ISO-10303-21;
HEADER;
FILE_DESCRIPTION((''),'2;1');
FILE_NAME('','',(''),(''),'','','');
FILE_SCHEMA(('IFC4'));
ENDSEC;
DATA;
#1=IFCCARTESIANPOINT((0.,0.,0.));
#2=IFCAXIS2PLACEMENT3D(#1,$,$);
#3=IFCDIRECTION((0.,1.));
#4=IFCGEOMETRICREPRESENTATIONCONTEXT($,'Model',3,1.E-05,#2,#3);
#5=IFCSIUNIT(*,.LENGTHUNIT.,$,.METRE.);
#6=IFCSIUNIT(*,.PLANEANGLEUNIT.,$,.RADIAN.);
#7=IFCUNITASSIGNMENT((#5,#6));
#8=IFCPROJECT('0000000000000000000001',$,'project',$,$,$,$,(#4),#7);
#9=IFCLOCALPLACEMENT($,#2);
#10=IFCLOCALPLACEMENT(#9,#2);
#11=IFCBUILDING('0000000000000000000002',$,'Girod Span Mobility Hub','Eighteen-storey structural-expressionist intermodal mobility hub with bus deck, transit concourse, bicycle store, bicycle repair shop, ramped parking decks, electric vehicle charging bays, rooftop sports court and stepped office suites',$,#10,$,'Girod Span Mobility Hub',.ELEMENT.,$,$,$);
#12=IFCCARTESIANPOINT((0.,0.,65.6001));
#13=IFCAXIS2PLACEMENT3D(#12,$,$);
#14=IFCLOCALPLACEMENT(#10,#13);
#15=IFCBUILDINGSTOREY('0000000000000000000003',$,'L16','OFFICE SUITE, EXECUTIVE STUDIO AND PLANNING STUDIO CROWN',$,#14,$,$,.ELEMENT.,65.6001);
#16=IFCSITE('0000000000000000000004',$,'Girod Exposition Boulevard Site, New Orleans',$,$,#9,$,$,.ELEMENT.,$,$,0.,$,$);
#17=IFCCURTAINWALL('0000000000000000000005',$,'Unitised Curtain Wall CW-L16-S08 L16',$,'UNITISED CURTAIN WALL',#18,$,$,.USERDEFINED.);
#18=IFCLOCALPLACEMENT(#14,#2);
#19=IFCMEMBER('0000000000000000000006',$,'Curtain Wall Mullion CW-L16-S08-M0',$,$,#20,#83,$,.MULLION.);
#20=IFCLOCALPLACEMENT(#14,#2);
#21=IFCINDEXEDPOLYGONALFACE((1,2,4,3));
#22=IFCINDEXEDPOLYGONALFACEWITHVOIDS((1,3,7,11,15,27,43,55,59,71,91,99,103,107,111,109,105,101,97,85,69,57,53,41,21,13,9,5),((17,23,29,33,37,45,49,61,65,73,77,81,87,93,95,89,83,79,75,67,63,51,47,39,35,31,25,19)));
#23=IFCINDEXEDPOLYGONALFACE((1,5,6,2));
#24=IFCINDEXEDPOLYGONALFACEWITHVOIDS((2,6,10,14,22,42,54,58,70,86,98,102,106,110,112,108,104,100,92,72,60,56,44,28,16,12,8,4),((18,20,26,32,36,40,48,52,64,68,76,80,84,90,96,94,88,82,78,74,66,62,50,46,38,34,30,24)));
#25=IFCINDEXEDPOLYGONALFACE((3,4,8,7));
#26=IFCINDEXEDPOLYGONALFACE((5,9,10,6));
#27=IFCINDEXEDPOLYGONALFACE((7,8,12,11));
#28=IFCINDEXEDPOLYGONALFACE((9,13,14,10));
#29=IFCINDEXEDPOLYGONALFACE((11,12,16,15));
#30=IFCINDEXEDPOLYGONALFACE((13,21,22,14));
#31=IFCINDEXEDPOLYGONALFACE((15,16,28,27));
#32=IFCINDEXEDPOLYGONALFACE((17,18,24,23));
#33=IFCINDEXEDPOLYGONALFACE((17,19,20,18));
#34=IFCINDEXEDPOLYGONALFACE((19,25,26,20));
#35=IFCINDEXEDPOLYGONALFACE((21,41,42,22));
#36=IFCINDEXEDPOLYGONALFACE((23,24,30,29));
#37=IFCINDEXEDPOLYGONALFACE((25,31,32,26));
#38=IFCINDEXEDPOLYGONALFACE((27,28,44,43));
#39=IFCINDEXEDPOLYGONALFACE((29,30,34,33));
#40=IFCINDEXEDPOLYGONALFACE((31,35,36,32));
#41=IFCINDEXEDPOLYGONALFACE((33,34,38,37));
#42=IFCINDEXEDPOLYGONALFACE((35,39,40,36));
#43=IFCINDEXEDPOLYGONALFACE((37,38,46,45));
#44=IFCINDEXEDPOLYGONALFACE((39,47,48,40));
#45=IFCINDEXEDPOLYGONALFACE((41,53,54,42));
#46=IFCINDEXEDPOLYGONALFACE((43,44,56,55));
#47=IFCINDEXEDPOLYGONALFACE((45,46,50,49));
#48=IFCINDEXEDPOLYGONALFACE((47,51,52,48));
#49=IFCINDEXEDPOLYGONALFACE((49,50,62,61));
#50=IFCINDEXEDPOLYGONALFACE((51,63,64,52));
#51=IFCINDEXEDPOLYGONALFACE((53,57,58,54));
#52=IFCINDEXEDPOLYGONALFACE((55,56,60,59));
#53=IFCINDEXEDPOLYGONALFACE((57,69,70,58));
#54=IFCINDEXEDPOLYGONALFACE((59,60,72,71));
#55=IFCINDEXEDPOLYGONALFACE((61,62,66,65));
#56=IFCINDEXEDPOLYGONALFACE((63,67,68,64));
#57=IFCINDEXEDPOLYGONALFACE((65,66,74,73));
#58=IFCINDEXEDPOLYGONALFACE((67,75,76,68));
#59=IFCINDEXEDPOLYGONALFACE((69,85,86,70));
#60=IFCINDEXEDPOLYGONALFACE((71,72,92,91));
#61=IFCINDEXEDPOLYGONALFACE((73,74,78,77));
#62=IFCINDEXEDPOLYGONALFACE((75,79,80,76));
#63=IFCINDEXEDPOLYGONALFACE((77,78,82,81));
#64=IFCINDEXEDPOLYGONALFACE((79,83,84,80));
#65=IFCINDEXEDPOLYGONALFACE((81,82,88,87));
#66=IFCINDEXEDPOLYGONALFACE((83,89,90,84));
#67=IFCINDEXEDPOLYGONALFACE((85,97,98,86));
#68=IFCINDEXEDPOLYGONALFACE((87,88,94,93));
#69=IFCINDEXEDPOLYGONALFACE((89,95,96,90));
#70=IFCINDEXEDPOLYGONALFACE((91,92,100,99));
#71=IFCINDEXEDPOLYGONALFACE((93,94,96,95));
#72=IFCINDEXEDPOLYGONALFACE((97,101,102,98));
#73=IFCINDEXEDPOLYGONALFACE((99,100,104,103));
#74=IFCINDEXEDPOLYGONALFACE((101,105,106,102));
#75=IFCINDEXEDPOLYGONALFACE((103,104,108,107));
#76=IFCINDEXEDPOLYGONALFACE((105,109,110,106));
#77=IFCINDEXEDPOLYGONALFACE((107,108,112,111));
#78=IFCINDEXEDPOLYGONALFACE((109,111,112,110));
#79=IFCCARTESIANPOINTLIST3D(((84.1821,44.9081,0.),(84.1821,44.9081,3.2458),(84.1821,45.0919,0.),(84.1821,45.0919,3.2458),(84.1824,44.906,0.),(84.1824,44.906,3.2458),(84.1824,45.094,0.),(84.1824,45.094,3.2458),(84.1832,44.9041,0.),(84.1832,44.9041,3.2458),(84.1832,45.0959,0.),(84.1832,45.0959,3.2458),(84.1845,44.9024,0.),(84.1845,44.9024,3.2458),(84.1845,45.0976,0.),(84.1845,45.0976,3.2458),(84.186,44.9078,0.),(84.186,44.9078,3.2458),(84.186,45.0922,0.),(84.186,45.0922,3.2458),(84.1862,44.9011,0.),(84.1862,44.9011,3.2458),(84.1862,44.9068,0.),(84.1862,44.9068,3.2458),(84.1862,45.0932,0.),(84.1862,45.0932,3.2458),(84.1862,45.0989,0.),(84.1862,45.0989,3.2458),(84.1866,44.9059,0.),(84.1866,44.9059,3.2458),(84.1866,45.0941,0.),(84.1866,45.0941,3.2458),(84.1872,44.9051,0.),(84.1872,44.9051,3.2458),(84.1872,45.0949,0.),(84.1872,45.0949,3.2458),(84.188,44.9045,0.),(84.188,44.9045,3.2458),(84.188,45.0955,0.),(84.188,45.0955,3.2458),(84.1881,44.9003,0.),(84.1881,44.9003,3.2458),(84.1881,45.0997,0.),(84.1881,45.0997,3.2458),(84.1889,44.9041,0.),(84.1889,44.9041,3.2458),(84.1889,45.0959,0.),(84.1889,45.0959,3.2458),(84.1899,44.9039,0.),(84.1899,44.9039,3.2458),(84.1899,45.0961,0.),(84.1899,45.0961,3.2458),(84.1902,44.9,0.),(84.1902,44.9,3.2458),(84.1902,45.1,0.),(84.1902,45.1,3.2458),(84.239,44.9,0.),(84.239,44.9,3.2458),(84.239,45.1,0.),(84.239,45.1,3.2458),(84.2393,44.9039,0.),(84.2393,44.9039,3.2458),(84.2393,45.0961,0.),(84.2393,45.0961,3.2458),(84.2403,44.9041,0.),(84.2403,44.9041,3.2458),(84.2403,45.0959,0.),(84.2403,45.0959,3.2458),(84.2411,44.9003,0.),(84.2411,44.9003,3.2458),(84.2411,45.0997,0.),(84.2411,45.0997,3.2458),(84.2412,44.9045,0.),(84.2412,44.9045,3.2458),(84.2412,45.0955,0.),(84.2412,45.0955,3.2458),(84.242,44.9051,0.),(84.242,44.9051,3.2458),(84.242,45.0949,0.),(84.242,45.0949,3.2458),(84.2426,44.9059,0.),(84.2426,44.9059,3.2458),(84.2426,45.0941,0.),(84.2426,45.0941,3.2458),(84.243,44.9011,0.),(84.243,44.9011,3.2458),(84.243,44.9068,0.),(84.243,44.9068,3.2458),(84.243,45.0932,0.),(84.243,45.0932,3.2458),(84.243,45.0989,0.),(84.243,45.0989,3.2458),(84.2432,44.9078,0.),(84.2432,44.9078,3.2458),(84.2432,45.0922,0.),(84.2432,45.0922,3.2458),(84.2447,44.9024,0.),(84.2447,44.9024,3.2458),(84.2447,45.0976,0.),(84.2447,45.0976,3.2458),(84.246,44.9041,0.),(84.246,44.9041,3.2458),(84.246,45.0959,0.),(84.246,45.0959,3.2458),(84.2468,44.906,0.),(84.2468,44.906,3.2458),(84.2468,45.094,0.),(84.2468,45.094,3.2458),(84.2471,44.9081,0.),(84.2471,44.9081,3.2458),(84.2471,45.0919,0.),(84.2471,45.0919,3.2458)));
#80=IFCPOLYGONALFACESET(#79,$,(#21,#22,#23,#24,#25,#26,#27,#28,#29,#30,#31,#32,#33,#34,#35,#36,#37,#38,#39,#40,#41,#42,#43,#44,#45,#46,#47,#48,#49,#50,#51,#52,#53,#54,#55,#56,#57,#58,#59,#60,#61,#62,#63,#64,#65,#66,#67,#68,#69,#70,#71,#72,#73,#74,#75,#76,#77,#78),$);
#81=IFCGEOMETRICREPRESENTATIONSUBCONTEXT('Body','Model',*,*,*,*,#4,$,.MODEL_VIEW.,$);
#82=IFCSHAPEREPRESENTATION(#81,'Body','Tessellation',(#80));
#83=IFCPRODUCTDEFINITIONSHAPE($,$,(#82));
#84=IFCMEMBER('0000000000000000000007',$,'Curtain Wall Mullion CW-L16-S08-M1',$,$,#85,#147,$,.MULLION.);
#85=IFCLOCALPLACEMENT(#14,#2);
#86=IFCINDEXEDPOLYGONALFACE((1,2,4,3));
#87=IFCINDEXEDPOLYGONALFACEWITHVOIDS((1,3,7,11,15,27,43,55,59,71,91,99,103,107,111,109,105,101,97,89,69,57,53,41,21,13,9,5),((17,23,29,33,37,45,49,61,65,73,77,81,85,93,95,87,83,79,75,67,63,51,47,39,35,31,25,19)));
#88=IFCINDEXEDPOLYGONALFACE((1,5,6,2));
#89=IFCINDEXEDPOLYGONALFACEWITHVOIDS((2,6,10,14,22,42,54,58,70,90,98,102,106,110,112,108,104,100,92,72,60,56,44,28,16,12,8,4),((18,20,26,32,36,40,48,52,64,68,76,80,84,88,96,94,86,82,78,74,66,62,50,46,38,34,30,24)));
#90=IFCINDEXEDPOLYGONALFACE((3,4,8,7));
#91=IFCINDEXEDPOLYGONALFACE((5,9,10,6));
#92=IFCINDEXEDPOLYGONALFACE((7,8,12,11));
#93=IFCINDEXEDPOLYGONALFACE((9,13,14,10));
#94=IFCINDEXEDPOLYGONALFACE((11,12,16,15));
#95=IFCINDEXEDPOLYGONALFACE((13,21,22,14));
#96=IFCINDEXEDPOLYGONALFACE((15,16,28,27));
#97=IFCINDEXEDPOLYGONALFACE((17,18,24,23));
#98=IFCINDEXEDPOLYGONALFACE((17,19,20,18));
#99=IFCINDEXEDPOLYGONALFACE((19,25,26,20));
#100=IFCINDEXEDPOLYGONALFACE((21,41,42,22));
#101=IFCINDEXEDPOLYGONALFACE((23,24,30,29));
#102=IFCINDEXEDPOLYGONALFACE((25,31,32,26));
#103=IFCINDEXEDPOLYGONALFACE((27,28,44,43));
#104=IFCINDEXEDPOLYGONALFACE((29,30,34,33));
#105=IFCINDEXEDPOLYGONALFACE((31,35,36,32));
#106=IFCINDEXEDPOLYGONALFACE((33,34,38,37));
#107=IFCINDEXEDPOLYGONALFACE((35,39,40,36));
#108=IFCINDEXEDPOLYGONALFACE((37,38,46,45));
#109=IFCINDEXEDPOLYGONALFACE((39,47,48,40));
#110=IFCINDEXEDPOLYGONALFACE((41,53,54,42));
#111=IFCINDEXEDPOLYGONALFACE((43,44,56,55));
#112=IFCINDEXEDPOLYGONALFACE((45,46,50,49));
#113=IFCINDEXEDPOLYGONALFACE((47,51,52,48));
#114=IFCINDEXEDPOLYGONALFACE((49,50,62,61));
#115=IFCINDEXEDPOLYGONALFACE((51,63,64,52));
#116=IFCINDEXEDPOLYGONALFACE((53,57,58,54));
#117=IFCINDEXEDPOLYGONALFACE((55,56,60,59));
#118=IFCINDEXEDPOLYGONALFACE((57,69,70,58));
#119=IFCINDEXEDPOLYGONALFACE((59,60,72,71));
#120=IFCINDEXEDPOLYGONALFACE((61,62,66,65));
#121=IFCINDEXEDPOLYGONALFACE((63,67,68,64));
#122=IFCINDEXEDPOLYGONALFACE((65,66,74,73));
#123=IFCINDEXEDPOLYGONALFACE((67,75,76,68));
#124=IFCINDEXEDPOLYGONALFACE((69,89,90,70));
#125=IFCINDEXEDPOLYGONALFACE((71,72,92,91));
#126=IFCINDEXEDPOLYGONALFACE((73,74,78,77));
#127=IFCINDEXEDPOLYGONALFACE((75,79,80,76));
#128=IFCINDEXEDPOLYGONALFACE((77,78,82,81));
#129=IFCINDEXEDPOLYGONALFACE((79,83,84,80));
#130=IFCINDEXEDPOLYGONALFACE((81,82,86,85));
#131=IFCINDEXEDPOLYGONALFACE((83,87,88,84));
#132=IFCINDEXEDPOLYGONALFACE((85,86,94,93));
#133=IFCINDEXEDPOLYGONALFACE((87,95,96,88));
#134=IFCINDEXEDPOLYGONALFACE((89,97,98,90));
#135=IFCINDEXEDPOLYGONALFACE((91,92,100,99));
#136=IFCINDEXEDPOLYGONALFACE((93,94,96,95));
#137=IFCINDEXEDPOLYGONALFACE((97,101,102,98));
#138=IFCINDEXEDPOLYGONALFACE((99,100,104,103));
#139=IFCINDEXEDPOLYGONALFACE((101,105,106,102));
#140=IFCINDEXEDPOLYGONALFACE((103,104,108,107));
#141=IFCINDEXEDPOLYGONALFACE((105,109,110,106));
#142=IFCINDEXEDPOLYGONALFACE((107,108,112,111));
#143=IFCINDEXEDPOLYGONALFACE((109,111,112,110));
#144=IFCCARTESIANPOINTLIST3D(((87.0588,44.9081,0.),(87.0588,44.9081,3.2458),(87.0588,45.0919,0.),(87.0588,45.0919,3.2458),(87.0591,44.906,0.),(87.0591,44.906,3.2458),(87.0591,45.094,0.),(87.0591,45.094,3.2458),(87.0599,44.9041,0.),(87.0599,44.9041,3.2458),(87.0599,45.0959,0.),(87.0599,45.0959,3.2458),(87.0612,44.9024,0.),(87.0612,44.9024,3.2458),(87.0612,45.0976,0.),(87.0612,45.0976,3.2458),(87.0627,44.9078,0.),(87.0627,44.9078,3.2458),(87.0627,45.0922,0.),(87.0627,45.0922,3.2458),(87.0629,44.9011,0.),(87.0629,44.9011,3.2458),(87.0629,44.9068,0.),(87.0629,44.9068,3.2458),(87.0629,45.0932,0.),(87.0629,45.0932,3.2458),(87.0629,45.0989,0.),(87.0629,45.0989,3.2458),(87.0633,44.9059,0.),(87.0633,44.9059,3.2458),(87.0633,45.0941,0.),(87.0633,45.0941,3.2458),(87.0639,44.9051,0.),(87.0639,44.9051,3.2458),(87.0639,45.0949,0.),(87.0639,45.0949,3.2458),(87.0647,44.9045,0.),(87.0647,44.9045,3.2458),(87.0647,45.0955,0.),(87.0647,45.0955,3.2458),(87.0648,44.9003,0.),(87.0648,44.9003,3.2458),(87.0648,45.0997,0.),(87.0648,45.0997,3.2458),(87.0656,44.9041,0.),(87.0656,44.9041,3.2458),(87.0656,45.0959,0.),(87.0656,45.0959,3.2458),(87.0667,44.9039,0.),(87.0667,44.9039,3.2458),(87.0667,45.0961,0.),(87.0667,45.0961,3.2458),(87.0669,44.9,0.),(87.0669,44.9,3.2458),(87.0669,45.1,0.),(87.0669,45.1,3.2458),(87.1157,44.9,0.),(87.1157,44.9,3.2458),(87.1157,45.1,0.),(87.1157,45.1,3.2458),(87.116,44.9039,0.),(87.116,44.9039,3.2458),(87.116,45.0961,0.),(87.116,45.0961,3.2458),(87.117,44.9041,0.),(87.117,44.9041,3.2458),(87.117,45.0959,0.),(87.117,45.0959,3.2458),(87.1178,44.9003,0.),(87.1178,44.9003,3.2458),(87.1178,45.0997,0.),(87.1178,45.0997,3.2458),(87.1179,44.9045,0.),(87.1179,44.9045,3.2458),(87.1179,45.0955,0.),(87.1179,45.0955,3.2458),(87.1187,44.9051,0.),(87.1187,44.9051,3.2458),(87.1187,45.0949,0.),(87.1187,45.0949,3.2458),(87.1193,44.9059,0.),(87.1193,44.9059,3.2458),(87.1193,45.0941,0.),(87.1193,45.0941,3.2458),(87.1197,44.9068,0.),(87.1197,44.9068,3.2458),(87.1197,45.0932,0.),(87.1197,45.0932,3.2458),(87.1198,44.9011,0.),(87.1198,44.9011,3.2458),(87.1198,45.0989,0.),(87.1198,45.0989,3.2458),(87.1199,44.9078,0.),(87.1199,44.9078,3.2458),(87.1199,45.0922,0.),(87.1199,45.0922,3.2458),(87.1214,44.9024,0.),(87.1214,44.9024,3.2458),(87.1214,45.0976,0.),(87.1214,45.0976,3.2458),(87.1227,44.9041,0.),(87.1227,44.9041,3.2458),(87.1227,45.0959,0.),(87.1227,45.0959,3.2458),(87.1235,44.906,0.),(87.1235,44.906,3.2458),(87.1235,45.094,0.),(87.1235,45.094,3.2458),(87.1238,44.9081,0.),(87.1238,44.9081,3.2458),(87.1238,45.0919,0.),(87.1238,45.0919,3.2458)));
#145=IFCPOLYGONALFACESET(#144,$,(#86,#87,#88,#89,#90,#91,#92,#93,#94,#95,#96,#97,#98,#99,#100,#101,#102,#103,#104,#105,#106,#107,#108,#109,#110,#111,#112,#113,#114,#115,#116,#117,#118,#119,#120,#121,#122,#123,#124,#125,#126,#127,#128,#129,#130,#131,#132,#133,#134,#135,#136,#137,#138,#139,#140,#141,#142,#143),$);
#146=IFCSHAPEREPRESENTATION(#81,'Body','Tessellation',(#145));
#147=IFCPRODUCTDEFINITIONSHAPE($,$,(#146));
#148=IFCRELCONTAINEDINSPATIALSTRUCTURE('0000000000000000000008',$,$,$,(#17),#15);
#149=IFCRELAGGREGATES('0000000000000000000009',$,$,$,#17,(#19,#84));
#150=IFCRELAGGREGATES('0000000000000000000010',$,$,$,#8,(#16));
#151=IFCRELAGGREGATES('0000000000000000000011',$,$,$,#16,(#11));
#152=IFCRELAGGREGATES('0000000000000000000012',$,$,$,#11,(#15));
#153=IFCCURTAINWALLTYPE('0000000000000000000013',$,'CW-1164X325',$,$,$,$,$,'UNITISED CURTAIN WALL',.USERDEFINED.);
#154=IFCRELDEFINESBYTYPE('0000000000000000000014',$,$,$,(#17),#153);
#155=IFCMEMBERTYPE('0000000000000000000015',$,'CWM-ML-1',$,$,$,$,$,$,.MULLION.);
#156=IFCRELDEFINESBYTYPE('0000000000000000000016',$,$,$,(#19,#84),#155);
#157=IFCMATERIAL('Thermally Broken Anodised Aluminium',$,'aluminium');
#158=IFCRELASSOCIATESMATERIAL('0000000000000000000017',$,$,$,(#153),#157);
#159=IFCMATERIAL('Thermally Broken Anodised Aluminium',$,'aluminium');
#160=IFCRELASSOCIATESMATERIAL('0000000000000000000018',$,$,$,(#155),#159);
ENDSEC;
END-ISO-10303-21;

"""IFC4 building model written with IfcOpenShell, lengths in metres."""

from ifc_helpers import new_model, si_unit, direction, frame, origin, origin_2d, place, context, subcontext, project, spatial, hollow_rectangle, extrude, material, material_profile, profile_set, type_object, element, aggregate, save


model = new_model("IFC4")

# Units and contexts
model_context = context("Model", 3, precision=1e-05, world=origin(), true_north=direction((0.0, 1.0)))
body_context = subcontext(model_context, "Body", "Model", "MODEL_VIEW")
ifc_project = project(units=[si_unit("LENGTHUNIT", "METRE"), si_unit("PLANEANGLEUNIT", "RADIAN")], contexts=[model_context])

# Site, building, storey
site_placement = place(None, origin())
site = spatial("IfcSite", under=ifc_project, at=site_placement, Name="Girod Exposition Boulevard Site, New Orleans", CompositionType="ELEMENT", RefElevation=0.0)
building_placement = place(site_placement, origin())
building = spatial("IfcBuilding", under=site, at=building_placement, Name="Girod Span Mobility Hub", Description="Eighteen-storey structural-expressionist intermodal mobility hub with bus deck, transit concourse, bicycle store, bicycle repair shop, ramped parking decks, electric vehicle charging bays, rooftop sports court and stepped office suites", LongName="Girod Span Mobility Hub", CompositionType="ELEMENT")
storey_placement = place(building_placement, frame((0.0, 0.0, 65.6001)))
storey = spatial("IfcBuildingStorey", under=building, at=storey_placement, Name="L16", Description="OFFICE SUITE, EXECUTIVE STUDIO AND PLANNING STUDIO CROWN", CompositionType="ELEMENT", Elevation=65.6001)

# Shared definitions
ifc_material_1 = material(Name="Thermally Broken Anodised Aluminium", Category="aluminium")
curtain_wall_type = type_object("IfcCurtainWallType", Name="CW-1164X325", ElementType="UNITISED CURTAIN WALL", PredefinedType="USERDEFINED", material=ifc_material_1)
ifc_material_2 = material(Name="Thermally Broken Anodised Aluminium", Category="aluminium")
ifc_material_profile_1 = material_profile(ifc_material_2, hollow_rectangle(XDim=0.2, YDim=0.0649, WallThickness=0.0039, InnerFilletRadius=0.0039, OuterFilletRadius=0.0081, at=origin_2d()), Name="CW-ML-65X200")
ifc_profile_set_1 = profile_set([ifc_material_profile_1], Name="Thermally Broken Anodised Aluminium")
member_type_1 = type_object("IfcMemberType", Name="CWM-ML-1", PredefinedType="MULLION", material=ifc_profile_set_1)

# Curtain wall, members
curtain_wall_1_placement = place(storey_placement, origin())
curtain_wall_1 = element("IfcCurtainWall", 1, at=curtain_wall_1_placement, inside=storey, type_object=curtain_wall_type, Name="Unitised Curtain Wall CW-L16-S08 L16", ObjectType="UNITISED CURTAIN WALL", PredefinedType="USERDEFINED")
member_1_placement = place(storey_placement, frame((84.2146, 45.0, 0.0), z_axis=(0.0, 0.0, 1.0), x_axis=(0.0, 1.0, 0.0)))
member_1 = element("IfcMember", 2, at=member_1_placement, type_object=member_type_1, Name="Curtain Wall Mullion CW-L16-S08-M0", PredefinedType="MULLION", context=body_context, shape_type="SweptSolid", body=[
    extrude(hollow_rectangle(XDim=0.2, YDim=0.0649, WallThickness=0.0039, InnerFilletRadius=0.0039, OuterFilletRadius=0.0081, at=origin_2d()), origin(), (0.0, 0.0, 1.0), 3.2458),
])
member_2_placement = place(storey_placement, frame((87.0913, 45.0, 0.0), z_axis=(0.0, 0.0, 1.0), x_axis=(0.0, 1.0, 0.0)))
member_2 = element("IfcMember", 3, at=member_2_placement, type_object=member_type_1, Name="Curtain Wall Mullion CW-L16-S08-M1", PredefinedType="MULLION", context=body_context, shape_type="SweptSolid", body=[
    extrude(hollow_rectangle(XDim=0.2, YDim=0.0649, WallThickness=0.0039, InnerFilletRadius=0.0039, OuterFilletRadius=0.0081, at=origin_2d()), origin(), (0.0, 0.0, 1.0), 3.2458),
])

aggregate(curtain_wall_1, [member_1, member_2])

save(model, "model.ifc")
